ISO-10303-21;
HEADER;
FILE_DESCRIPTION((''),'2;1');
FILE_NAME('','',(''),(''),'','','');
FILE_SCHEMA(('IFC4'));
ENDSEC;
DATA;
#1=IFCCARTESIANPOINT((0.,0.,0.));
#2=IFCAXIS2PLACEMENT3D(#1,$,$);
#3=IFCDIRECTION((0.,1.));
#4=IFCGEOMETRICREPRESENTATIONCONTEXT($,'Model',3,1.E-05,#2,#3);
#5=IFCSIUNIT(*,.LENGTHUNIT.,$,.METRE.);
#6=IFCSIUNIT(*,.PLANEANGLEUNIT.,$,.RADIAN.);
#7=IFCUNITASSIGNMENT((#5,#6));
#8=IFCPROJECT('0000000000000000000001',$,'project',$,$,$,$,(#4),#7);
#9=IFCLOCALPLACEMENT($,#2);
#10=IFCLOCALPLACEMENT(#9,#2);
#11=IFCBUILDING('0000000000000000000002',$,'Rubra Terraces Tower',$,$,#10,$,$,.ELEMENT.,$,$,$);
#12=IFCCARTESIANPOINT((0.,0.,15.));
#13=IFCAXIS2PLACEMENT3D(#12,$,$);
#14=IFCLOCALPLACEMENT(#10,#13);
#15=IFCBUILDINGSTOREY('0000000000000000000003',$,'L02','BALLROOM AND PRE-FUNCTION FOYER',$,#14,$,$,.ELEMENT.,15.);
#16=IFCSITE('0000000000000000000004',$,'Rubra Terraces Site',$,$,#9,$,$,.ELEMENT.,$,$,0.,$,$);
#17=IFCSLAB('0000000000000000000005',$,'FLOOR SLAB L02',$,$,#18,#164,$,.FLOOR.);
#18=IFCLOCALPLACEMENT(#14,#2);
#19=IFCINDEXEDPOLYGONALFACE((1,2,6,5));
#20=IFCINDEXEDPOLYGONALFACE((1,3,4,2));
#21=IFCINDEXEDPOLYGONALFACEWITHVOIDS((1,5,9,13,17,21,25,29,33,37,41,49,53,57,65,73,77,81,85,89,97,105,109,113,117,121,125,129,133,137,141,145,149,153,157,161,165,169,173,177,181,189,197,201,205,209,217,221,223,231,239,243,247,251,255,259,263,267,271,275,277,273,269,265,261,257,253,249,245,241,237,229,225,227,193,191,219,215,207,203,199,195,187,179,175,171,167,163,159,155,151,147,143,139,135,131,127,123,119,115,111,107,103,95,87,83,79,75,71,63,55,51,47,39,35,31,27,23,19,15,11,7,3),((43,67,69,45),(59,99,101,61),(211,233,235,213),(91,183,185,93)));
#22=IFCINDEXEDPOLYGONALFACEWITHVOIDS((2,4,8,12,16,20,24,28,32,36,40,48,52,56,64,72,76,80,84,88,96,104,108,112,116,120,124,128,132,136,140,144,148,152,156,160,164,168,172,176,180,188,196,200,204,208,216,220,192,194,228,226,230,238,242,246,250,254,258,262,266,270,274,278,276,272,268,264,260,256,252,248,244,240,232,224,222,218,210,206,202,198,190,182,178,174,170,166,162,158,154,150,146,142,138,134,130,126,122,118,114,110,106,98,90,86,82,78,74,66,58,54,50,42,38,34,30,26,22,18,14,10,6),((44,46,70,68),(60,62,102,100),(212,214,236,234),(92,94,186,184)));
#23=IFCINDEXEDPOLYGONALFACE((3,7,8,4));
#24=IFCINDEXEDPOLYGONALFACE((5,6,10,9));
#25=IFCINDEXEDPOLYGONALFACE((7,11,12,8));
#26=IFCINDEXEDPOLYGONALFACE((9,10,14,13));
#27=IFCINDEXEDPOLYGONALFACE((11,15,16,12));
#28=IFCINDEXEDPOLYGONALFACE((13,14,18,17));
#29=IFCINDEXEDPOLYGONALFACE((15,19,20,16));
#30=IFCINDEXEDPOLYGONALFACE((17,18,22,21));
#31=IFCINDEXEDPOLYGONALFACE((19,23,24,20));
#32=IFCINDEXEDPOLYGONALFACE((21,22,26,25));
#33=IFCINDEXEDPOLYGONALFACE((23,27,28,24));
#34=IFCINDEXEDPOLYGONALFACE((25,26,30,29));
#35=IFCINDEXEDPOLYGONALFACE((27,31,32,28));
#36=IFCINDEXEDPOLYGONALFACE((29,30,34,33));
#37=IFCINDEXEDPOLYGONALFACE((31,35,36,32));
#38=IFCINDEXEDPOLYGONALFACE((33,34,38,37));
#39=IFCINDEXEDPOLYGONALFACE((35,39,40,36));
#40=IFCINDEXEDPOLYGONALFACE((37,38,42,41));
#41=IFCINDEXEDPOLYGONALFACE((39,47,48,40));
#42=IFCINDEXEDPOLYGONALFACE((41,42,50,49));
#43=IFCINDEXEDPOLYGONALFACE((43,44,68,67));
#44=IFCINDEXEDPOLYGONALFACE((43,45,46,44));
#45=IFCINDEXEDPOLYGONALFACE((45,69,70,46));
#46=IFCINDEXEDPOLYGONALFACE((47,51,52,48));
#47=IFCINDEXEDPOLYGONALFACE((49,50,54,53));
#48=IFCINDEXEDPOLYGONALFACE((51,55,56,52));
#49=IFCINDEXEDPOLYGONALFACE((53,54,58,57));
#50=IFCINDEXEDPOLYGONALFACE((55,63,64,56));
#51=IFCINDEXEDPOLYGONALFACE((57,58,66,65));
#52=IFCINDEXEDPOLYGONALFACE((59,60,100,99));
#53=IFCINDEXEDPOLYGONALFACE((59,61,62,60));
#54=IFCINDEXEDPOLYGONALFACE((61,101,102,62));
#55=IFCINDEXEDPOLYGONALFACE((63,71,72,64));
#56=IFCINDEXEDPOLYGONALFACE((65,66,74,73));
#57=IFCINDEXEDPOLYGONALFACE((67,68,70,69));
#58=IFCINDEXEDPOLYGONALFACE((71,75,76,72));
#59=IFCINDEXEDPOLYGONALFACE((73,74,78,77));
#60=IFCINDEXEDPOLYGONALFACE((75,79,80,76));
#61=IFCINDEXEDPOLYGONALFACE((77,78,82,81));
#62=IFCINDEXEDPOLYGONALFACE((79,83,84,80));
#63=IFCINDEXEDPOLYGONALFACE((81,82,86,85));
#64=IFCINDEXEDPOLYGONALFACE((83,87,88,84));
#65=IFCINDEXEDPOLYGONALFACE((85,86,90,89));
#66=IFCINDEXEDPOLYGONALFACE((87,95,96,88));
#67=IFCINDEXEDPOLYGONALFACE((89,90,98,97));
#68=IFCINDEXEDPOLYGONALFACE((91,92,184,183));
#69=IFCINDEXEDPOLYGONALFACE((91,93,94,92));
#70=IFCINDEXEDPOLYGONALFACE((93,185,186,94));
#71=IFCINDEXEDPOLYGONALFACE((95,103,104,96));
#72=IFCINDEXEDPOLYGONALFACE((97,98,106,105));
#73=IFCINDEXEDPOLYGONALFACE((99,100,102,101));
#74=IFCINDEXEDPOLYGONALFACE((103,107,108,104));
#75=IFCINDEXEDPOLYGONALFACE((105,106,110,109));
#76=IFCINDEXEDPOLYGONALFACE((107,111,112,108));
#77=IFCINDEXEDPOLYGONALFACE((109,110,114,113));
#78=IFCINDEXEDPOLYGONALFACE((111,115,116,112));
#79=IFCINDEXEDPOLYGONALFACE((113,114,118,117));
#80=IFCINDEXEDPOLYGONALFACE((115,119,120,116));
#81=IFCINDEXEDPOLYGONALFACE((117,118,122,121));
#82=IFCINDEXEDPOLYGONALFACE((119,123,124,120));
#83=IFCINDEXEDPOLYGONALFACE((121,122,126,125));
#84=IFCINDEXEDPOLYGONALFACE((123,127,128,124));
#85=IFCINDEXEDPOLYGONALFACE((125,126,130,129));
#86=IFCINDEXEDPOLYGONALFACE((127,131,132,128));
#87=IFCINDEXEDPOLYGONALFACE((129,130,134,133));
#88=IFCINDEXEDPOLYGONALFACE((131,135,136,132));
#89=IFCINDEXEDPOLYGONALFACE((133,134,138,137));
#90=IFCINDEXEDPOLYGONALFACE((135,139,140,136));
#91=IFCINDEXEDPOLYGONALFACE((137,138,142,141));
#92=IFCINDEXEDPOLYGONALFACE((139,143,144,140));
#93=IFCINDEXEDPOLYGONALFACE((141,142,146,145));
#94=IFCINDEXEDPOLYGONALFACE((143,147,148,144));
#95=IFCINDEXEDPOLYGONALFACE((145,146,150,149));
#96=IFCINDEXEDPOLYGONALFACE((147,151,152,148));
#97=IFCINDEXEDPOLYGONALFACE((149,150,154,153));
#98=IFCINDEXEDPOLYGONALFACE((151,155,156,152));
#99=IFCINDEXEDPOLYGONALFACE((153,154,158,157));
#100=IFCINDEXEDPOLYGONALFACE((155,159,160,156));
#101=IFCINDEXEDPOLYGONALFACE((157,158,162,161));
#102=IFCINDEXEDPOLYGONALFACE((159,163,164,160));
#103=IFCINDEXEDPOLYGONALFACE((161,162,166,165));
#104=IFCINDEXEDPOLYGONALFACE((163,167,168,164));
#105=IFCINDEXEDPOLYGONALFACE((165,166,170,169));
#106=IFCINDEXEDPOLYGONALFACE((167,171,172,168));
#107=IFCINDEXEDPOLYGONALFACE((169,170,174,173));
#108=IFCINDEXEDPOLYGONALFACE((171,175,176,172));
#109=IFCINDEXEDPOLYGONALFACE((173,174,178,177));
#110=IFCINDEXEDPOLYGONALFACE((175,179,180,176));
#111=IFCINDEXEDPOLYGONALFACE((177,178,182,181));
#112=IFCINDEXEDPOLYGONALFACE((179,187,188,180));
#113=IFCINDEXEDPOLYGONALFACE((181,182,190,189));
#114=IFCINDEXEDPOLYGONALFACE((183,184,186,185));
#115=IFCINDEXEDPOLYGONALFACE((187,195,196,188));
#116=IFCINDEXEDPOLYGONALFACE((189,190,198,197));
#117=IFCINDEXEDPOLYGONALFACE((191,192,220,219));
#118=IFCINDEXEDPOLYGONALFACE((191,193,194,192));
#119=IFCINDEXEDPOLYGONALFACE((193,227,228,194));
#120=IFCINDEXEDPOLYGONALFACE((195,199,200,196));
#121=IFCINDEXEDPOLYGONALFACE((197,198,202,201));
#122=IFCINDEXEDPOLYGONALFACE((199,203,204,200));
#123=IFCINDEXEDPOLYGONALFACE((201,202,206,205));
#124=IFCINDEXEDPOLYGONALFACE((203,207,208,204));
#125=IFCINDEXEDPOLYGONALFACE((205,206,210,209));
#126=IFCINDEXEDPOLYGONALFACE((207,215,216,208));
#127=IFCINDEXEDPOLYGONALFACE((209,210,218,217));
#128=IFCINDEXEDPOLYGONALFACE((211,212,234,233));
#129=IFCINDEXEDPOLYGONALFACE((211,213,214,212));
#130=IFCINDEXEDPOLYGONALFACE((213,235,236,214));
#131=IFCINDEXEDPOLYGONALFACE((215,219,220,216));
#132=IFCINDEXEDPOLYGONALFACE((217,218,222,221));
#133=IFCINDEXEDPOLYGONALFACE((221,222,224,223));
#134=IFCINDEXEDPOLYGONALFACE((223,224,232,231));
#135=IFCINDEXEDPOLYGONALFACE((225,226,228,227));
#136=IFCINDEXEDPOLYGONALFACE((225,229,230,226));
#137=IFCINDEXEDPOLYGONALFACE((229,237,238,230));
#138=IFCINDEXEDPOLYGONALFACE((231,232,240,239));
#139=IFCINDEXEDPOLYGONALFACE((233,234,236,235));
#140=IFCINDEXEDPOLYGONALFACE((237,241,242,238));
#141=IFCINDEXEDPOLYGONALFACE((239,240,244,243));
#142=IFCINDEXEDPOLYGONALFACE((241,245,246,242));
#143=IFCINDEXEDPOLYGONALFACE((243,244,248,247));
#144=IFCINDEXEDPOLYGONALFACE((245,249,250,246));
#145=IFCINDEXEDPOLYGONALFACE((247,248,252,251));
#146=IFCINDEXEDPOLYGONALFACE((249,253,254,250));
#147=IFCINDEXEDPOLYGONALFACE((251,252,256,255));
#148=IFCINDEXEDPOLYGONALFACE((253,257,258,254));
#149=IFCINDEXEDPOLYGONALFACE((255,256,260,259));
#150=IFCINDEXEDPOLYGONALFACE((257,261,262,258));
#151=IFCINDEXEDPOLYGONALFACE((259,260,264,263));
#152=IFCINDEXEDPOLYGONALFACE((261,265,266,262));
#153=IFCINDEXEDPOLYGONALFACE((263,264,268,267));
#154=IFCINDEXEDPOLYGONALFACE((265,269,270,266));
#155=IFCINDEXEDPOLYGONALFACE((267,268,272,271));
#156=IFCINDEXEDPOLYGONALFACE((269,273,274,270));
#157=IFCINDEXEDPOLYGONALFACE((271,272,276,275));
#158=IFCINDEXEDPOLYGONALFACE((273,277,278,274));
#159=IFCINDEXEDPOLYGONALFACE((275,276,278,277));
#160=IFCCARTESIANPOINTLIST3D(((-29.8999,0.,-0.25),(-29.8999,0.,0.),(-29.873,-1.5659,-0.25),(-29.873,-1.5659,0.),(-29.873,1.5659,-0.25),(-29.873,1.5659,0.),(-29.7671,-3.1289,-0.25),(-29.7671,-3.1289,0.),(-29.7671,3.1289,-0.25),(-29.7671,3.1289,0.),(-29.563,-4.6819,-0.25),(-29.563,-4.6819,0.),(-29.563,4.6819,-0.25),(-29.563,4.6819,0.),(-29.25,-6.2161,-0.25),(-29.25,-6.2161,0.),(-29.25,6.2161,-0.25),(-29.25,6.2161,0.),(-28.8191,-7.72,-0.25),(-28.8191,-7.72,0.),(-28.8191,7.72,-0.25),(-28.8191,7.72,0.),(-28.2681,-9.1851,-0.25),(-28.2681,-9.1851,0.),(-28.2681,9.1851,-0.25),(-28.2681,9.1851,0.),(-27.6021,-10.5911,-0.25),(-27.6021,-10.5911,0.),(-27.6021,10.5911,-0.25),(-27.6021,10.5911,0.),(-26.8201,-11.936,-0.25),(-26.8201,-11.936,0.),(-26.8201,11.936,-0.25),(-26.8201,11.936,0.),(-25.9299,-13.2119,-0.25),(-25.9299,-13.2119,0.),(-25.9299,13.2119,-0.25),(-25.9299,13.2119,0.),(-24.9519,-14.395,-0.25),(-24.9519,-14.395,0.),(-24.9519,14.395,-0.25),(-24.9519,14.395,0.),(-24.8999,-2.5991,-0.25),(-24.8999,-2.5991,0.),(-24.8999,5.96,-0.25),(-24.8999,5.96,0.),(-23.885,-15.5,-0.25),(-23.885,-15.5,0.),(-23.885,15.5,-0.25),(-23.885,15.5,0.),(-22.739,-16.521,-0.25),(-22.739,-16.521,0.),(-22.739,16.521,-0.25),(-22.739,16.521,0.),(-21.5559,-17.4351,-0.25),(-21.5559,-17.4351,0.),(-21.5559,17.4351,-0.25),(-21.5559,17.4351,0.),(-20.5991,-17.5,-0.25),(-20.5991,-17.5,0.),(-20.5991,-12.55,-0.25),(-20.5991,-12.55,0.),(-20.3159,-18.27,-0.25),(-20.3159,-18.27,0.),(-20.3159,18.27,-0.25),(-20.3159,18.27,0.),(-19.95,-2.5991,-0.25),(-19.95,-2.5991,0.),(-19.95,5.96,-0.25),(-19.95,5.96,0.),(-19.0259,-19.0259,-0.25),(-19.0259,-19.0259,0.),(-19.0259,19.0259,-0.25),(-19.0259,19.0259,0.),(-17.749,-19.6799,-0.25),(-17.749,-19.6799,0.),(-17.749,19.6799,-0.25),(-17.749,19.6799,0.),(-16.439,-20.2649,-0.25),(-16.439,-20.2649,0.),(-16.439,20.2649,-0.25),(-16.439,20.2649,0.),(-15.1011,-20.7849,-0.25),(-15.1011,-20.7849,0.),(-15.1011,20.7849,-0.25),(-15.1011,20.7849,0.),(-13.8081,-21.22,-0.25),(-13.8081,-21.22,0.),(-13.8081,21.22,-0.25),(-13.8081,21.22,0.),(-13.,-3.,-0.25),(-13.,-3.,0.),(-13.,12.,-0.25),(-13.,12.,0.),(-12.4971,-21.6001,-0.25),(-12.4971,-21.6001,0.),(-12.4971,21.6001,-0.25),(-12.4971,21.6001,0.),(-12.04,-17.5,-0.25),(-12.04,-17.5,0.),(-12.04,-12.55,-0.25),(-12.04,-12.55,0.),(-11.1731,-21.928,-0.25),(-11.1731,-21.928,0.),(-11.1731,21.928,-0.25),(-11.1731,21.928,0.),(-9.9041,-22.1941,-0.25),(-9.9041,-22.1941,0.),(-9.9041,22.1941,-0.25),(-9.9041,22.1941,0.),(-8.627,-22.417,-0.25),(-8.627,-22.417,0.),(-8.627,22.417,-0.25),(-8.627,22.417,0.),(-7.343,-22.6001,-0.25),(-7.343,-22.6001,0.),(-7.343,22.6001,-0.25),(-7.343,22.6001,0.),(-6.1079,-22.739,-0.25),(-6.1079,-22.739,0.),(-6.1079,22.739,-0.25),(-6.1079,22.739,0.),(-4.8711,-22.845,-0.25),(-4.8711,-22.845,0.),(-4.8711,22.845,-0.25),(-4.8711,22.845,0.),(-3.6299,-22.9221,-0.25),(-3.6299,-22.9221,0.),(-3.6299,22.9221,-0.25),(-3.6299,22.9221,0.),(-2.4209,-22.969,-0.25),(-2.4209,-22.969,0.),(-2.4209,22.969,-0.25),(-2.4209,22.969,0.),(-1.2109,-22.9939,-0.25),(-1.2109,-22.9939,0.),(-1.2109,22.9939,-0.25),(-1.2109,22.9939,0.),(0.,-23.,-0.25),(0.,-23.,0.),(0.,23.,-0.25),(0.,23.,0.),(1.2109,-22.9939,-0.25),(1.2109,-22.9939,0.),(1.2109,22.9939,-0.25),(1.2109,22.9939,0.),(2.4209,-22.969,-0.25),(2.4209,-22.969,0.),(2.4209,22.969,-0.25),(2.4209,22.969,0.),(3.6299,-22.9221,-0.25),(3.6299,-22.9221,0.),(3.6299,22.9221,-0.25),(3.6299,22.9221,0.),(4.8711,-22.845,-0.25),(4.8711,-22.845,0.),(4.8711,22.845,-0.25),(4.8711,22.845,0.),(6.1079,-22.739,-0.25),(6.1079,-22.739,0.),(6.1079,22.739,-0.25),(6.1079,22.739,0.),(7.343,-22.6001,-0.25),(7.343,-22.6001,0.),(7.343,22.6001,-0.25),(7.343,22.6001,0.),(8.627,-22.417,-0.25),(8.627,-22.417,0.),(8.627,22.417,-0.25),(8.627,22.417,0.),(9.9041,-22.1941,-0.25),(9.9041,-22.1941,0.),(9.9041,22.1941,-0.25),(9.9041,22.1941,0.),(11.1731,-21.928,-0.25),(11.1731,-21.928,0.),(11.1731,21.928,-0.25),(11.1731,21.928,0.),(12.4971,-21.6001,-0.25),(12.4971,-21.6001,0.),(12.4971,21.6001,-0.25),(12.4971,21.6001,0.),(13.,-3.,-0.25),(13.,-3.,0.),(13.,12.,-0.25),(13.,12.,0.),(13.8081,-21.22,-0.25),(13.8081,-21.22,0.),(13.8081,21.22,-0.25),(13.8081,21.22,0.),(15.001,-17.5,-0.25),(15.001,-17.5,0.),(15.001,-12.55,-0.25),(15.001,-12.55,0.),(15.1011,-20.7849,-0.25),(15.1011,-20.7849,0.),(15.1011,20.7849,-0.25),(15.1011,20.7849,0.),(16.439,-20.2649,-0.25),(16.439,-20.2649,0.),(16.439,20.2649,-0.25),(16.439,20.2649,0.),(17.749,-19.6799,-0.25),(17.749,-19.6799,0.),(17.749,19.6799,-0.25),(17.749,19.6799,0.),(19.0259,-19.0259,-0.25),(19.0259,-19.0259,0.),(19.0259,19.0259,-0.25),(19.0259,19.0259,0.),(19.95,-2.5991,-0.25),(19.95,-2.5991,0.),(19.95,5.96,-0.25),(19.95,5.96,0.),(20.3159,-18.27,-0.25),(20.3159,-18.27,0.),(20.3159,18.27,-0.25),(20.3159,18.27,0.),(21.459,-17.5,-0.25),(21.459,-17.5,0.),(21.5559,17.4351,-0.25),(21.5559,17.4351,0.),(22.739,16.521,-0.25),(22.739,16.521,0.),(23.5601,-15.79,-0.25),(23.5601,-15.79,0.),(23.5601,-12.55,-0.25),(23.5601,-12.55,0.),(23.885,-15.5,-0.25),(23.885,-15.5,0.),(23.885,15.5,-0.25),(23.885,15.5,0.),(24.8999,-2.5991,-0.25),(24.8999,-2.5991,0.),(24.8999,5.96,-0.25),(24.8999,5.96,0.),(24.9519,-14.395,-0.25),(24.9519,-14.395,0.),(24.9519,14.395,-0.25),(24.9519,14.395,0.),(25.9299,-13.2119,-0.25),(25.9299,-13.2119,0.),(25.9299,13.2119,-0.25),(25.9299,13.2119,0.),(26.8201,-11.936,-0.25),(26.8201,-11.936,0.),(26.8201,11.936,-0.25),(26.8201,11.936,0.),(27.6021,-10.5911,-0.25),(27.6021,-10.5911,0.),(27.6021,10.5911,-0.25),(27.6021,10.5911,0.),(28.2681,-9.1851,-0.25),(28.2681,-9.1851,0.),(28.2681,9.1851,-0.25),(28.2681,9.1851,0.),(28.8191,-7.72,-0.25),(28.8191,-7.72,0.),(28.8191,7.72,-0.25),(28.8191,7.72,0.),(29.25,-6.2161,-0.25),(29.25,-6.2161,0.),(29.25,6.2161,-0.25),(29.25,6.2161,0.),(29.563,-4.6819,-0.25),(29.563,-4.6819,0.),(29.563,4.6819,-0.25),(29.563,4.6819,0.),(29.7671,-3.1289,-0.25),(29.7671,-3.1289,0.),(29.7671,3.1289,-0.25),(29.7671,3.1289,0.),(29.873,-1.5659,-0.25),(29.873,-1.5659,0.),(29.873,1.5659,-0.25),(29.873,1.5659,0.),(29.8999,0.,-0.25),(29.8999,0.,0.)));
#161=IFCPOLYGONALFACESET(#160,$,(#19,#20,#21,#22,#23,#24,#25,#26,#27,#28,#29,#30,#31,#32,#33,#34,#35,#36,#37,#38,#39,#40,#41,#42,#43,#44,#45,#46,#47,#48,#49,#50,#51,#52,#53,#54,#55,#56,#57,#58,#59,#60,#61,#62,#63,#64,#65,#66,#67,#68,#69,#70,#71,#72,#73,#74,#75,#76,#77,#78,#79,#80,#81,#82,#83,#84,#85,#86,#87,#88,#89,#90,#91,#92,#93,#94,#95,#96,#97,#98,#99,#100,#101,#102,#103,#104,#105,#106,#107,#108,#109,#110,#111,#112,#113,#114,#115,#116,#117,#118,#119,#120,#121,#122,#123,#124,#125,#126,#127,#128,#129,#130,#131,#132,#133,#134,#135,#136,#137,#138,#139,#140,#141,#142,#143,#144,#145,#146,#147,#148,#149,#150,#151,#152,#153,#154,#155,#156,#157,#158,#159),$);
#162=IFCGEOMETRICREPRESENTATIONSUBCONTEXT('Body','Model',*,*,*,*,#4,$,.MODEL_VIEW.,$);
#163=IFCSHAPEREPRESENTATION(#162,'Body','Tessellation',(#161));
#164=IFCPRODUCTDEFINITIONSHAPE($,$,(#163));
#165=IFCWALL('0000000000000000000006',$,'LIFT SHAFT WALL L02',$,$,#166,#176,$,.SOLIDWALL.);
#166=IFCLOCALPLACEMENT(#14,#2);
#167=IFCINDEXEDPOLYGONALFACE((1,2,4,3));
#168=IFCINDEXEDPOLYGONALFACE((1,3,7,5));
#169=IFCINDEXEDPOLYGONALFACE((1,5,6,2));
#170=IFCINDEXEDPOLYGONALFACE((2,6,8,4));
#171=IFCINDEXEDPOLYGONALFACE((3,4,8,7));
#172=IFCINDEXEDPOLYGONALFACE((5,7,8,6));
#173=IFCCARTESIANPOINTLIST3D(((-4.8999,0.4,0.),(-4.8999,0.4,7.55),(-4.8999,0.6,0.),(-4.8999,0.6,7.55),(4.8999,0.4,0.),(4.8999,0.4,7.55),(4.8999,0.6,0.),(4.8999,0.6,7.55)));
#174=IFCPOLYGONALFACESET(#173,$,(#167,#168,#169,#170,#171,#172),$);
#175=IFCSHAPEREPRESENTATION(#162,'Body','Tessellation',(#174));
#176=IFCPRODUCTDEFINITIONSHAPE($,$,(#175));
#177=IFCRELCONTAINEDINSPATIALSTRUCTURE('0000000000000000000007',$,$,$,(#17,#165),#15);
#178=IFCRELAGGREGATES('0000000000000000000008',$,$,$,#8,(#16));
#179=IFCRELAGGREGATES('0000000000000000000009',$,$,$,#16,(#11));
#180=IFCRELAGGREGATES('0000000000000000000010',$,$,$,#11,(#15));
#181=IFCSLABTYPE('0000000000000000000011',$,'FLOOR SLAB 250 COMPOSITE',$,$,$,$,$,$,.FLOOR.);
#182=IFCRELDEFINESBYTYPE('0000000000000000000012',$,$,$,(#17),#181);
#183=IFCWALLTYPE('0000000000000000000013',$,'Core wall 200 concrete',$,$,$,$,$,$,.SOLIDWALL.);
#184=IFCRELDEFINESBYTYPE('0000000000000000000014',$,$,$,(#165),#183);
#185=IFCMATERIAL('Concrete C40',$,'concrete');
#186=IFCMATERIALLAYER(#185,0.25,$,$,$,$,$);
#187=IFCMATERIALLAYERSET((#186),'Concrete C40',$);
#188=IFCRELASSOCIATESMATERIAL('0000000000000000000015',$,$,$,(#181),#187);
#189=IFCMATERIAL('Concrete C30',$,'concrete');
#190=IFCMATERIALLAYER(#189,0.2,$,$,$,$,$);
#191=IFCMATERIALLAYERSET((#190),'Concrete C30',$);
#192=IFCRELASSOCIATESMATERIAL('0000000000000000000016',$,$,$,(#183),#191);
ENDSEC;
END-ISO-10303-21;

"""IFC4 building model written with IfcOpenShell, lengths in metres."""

from ifc_helpers import new_model, si_unit, direction, frame, frame_2d, origin, place, context, subcontext, project, spatial, polyline, rectangle, outline, extrude, material, layer, layer_set, type_object, element, save


model = new_model("IFC4")

# Units and contexts
model_context = context("Model", 3, precision=1e-05, world=origin(), true_north=direction((0.0, 1.0)))
body_context = subcontext(model_context, "Body", "Model", "MODEL_VIEW")
ifc_project = project(units=[si_unit("LENGTHUNIT", "METRE"), si_unit("PLANEANGLEUNIT", "RADIAN")], contexts=[model_context])

# Site, building, storey
site_placement = place(None, origin())
site = spatial("IfcSite", under=ifc_project, at=site_placement, Name="Rubra Terraces Site", CompositionType="ELEMENT", RefElevation=0.0)
building_placement = place(site_placement, origin())
building = spatial("IfcBuilding", under=site, at=building_placement, Name="Rubra Terraces Tower", CompositionType="ELEMENT")
storey_placement = place(building_placement, frame((0.0, 0.0, 15.0)))
storey = spatial("IfcBuildingStorey", under=building, at=storey_placement, Name="L02", Description="BALLROOM AND PRE-FUNCTION FOYER", CompositionType="ELEMENT", Elevation=15.0)

# Slab
ifc_material_1 = material(Name="Concrete C40", Category="concrete")
ifc_layer_1 = layer(ifc_material_1, 0.25)
ifc_layer_set_1 = layer_set([ifc_layer_1], Name="Concrete C40")
slab_type_1 = type_object("IfcSlabType", Name="FLOOR SLAB 250 COMPOSITE", PredefinedType="FLOOR", material=ifc_layer_set_1)
slab_1_placement = place(storey_placement, frame((0.0, 0.0, -0.25)))
element("IfcSlab", 1, at=slab_1_placement, inside=storey, type_object=slab_type_1, Name="FLOOR SLAB L02", PredefinedType="FLOOR", context=body_context, shape_type="SweptSolid", body=[
    extrude(outline(polyline([(28.8191, -7.72), (29.25, -6.2161), (29.563, -4.6819), (29.7671, -3.1289), (29.873, -1.5659), (29.8999, 0.0), (29.873, 1.5659), (29.7671, 3.1289), (29.563, 4.6819), (29.25, 6.2161), (28.8191, 7.72), (28.2681, 9.1851), (27.6021, 10.5911), (26.8201, 11.936), (25.9299, 13.2119), (24.9519, 14.395), (23.885, 15.5), (22.739, 16.521), (21.5559, 17.4351), (20.3159, 18.27), (19.0259, 19.0259), (17.749, 19.6799), (16.439, 20.2649), (15.1011, 20.7849), (13.8081, 21.22), (12.4971, 21.6001), (11.1731, 21.928), (9.9041, 22.1941), (8.627, 22.417), (7.343, 22.6001), (6.1079, 22.739), (4.8711, 22.845), (3.6299, 22.9221), (2.4209, 22.969), (1.2109, 22.9939), (0.0, 23.0), (-1.2109, 22.9939), (-2.4209, 22.969), (-3.6299, 22.9221), (-4.8711, 22.845), (-6.1079, 22.739), (-7.343, 22.6001), (-8.627, 22.417), (-9.9041, 22.1941), (-11.1731, 21.928), (-12.4971, 21.6001), (-13.8081, 21.22), (-15.1011, 20.7849), (-16.439, 20.2649), (-17.749, 19.6799), (-19.0259, 19.0259), (-20.3159, 18.27), (-21.5559, 17.4351), (-22.739, 16.521), (-23.885, 15.5), (-24.9519, 14.395), (-25.9299, 13.2119), (-26.8201, 11.936), (-27.6021, 10.5911), (-28.2681, 9.1851), (-28.8191, 7.72), (-29.25, 6.2161), (-29.563, 4.6819), (-29.7671, 3.1289), (-29.873, 1.5659), (-29.8999, 0.0), (-29.873, -1.5659), (-29.7671, -3.1289), (-29.563, -4.6819), (-29.25, -6.2161), (-28.8191, -7.72), (-28.2681, -9.1851), (-27.6021, -10.5911), (-26.8201, -11.936), (-25.9299, -13.2119), (-24.9519, -14.395), (-23.885, -15.5), (-22.739, -16.521), (-21.5559, -17.4351), (-20.3159, -18.27), (-19.0259, -19.0259), (-17.749, -19.6799), (-16.439, -20.2649), (-15.1011, -20.7849), (-13.8081, -21.22), (-12.4971, -21.6001), (-11.1731, -21.928), (-9.9041, -22.1941), (-8.627, -22.417), (-7.343, -22.6001), (-6.1079, -22.739), (-4.8711, -22.845), (-3.6299, -22.9221), (-2.4209, -22.969), (-1.2109, -22.9939), (0.0, -23.0), (1.2109, -22.9939), (2.4209, -22.969), (3.6299, -22.9221), (4.8711, -22.845), (6.1079, -22.739), (7.343, -22.6001), (8.627, -22.417), (9.9041, -22.1941), (11.1731, -21.928), (12.4971, -21.6001), (13.8081, -21.22), (15.1011, -20.7849), (16.439, -20.2649), (17.749, -19.6799), (19.0259, -19.0259), (20.3159, -18.27), (21.459, -17.5), (15.001, -17.5), (15.001, -12.55), (23.5601, -12.55), (23.5601, -15.79), (23.885, -15.5), (24.9519, -14.395), (25.9299, -13.2119), (26.8201, -11.936), (27.6021, -10.5911), (28.2681, -9.1851), (28.8191, -7.72)]), holes=[polyline([(13.0, 12.0), (13.0, -3.0), (-13.0, -3.0), (-13.0, 12.0), (13.0, 12.0)]), polyline([(-19.95, -2.5991), (-24.8999, -2.5991), (-24.8999, 5.96), (-19.95, 5.96), (-19.95, -2.5991)]), polyline([(19.95, -2.5991), (19.95, 5.96), (24.8999, 5.96), (24.8999, -2.5991), (19.95, -2.5991)]), polyline([(-12.04, -12.55), (-12.04, -17.5), (-20.5991, -17.5), (-20.5991, -12.55), (-12.04, -12.55)])]), origin(), (0.0, 0.0, 1.0), 0.25),
])

# Wall
ifc_material_2 = material(Name="Concrete C30", Category="concrete")
ifc_layer_2 = layer(ifc_material_2, 0.2)
ifc_layer_set_2 = layer_set([ifc_layer_2], Name="Concrete C30")
wall_type_1 = type_object("IfcWallType", Name="Core wall 200 concrete", PredefinedType="SOLIDWALL", material=ifc_layer_set_2)
wall_1_placement = place(storey_placement, frame((-4.8999, 0.5, 0.0), z_axis=(0.0, 0.0, 1.0), x_axis=(1.0, 0.0, 0.0)))
element("IfcWall", 2, at=wall_1_placement, inside=storey, type_object=wall_type_1, Name="LIFT SHAFT WALL L02", PredefinedType="SOLIDWALL", context=body_context, shape_type="SweptSolid", body=[
    extrude(rectangle(XDim=9.7998, YDim=0.2, at=frame_2d((4.8999, 0.0))), origin(), (0.0, 0.0, 1.0), 7.55),
])

save(model, "model.ifc")
